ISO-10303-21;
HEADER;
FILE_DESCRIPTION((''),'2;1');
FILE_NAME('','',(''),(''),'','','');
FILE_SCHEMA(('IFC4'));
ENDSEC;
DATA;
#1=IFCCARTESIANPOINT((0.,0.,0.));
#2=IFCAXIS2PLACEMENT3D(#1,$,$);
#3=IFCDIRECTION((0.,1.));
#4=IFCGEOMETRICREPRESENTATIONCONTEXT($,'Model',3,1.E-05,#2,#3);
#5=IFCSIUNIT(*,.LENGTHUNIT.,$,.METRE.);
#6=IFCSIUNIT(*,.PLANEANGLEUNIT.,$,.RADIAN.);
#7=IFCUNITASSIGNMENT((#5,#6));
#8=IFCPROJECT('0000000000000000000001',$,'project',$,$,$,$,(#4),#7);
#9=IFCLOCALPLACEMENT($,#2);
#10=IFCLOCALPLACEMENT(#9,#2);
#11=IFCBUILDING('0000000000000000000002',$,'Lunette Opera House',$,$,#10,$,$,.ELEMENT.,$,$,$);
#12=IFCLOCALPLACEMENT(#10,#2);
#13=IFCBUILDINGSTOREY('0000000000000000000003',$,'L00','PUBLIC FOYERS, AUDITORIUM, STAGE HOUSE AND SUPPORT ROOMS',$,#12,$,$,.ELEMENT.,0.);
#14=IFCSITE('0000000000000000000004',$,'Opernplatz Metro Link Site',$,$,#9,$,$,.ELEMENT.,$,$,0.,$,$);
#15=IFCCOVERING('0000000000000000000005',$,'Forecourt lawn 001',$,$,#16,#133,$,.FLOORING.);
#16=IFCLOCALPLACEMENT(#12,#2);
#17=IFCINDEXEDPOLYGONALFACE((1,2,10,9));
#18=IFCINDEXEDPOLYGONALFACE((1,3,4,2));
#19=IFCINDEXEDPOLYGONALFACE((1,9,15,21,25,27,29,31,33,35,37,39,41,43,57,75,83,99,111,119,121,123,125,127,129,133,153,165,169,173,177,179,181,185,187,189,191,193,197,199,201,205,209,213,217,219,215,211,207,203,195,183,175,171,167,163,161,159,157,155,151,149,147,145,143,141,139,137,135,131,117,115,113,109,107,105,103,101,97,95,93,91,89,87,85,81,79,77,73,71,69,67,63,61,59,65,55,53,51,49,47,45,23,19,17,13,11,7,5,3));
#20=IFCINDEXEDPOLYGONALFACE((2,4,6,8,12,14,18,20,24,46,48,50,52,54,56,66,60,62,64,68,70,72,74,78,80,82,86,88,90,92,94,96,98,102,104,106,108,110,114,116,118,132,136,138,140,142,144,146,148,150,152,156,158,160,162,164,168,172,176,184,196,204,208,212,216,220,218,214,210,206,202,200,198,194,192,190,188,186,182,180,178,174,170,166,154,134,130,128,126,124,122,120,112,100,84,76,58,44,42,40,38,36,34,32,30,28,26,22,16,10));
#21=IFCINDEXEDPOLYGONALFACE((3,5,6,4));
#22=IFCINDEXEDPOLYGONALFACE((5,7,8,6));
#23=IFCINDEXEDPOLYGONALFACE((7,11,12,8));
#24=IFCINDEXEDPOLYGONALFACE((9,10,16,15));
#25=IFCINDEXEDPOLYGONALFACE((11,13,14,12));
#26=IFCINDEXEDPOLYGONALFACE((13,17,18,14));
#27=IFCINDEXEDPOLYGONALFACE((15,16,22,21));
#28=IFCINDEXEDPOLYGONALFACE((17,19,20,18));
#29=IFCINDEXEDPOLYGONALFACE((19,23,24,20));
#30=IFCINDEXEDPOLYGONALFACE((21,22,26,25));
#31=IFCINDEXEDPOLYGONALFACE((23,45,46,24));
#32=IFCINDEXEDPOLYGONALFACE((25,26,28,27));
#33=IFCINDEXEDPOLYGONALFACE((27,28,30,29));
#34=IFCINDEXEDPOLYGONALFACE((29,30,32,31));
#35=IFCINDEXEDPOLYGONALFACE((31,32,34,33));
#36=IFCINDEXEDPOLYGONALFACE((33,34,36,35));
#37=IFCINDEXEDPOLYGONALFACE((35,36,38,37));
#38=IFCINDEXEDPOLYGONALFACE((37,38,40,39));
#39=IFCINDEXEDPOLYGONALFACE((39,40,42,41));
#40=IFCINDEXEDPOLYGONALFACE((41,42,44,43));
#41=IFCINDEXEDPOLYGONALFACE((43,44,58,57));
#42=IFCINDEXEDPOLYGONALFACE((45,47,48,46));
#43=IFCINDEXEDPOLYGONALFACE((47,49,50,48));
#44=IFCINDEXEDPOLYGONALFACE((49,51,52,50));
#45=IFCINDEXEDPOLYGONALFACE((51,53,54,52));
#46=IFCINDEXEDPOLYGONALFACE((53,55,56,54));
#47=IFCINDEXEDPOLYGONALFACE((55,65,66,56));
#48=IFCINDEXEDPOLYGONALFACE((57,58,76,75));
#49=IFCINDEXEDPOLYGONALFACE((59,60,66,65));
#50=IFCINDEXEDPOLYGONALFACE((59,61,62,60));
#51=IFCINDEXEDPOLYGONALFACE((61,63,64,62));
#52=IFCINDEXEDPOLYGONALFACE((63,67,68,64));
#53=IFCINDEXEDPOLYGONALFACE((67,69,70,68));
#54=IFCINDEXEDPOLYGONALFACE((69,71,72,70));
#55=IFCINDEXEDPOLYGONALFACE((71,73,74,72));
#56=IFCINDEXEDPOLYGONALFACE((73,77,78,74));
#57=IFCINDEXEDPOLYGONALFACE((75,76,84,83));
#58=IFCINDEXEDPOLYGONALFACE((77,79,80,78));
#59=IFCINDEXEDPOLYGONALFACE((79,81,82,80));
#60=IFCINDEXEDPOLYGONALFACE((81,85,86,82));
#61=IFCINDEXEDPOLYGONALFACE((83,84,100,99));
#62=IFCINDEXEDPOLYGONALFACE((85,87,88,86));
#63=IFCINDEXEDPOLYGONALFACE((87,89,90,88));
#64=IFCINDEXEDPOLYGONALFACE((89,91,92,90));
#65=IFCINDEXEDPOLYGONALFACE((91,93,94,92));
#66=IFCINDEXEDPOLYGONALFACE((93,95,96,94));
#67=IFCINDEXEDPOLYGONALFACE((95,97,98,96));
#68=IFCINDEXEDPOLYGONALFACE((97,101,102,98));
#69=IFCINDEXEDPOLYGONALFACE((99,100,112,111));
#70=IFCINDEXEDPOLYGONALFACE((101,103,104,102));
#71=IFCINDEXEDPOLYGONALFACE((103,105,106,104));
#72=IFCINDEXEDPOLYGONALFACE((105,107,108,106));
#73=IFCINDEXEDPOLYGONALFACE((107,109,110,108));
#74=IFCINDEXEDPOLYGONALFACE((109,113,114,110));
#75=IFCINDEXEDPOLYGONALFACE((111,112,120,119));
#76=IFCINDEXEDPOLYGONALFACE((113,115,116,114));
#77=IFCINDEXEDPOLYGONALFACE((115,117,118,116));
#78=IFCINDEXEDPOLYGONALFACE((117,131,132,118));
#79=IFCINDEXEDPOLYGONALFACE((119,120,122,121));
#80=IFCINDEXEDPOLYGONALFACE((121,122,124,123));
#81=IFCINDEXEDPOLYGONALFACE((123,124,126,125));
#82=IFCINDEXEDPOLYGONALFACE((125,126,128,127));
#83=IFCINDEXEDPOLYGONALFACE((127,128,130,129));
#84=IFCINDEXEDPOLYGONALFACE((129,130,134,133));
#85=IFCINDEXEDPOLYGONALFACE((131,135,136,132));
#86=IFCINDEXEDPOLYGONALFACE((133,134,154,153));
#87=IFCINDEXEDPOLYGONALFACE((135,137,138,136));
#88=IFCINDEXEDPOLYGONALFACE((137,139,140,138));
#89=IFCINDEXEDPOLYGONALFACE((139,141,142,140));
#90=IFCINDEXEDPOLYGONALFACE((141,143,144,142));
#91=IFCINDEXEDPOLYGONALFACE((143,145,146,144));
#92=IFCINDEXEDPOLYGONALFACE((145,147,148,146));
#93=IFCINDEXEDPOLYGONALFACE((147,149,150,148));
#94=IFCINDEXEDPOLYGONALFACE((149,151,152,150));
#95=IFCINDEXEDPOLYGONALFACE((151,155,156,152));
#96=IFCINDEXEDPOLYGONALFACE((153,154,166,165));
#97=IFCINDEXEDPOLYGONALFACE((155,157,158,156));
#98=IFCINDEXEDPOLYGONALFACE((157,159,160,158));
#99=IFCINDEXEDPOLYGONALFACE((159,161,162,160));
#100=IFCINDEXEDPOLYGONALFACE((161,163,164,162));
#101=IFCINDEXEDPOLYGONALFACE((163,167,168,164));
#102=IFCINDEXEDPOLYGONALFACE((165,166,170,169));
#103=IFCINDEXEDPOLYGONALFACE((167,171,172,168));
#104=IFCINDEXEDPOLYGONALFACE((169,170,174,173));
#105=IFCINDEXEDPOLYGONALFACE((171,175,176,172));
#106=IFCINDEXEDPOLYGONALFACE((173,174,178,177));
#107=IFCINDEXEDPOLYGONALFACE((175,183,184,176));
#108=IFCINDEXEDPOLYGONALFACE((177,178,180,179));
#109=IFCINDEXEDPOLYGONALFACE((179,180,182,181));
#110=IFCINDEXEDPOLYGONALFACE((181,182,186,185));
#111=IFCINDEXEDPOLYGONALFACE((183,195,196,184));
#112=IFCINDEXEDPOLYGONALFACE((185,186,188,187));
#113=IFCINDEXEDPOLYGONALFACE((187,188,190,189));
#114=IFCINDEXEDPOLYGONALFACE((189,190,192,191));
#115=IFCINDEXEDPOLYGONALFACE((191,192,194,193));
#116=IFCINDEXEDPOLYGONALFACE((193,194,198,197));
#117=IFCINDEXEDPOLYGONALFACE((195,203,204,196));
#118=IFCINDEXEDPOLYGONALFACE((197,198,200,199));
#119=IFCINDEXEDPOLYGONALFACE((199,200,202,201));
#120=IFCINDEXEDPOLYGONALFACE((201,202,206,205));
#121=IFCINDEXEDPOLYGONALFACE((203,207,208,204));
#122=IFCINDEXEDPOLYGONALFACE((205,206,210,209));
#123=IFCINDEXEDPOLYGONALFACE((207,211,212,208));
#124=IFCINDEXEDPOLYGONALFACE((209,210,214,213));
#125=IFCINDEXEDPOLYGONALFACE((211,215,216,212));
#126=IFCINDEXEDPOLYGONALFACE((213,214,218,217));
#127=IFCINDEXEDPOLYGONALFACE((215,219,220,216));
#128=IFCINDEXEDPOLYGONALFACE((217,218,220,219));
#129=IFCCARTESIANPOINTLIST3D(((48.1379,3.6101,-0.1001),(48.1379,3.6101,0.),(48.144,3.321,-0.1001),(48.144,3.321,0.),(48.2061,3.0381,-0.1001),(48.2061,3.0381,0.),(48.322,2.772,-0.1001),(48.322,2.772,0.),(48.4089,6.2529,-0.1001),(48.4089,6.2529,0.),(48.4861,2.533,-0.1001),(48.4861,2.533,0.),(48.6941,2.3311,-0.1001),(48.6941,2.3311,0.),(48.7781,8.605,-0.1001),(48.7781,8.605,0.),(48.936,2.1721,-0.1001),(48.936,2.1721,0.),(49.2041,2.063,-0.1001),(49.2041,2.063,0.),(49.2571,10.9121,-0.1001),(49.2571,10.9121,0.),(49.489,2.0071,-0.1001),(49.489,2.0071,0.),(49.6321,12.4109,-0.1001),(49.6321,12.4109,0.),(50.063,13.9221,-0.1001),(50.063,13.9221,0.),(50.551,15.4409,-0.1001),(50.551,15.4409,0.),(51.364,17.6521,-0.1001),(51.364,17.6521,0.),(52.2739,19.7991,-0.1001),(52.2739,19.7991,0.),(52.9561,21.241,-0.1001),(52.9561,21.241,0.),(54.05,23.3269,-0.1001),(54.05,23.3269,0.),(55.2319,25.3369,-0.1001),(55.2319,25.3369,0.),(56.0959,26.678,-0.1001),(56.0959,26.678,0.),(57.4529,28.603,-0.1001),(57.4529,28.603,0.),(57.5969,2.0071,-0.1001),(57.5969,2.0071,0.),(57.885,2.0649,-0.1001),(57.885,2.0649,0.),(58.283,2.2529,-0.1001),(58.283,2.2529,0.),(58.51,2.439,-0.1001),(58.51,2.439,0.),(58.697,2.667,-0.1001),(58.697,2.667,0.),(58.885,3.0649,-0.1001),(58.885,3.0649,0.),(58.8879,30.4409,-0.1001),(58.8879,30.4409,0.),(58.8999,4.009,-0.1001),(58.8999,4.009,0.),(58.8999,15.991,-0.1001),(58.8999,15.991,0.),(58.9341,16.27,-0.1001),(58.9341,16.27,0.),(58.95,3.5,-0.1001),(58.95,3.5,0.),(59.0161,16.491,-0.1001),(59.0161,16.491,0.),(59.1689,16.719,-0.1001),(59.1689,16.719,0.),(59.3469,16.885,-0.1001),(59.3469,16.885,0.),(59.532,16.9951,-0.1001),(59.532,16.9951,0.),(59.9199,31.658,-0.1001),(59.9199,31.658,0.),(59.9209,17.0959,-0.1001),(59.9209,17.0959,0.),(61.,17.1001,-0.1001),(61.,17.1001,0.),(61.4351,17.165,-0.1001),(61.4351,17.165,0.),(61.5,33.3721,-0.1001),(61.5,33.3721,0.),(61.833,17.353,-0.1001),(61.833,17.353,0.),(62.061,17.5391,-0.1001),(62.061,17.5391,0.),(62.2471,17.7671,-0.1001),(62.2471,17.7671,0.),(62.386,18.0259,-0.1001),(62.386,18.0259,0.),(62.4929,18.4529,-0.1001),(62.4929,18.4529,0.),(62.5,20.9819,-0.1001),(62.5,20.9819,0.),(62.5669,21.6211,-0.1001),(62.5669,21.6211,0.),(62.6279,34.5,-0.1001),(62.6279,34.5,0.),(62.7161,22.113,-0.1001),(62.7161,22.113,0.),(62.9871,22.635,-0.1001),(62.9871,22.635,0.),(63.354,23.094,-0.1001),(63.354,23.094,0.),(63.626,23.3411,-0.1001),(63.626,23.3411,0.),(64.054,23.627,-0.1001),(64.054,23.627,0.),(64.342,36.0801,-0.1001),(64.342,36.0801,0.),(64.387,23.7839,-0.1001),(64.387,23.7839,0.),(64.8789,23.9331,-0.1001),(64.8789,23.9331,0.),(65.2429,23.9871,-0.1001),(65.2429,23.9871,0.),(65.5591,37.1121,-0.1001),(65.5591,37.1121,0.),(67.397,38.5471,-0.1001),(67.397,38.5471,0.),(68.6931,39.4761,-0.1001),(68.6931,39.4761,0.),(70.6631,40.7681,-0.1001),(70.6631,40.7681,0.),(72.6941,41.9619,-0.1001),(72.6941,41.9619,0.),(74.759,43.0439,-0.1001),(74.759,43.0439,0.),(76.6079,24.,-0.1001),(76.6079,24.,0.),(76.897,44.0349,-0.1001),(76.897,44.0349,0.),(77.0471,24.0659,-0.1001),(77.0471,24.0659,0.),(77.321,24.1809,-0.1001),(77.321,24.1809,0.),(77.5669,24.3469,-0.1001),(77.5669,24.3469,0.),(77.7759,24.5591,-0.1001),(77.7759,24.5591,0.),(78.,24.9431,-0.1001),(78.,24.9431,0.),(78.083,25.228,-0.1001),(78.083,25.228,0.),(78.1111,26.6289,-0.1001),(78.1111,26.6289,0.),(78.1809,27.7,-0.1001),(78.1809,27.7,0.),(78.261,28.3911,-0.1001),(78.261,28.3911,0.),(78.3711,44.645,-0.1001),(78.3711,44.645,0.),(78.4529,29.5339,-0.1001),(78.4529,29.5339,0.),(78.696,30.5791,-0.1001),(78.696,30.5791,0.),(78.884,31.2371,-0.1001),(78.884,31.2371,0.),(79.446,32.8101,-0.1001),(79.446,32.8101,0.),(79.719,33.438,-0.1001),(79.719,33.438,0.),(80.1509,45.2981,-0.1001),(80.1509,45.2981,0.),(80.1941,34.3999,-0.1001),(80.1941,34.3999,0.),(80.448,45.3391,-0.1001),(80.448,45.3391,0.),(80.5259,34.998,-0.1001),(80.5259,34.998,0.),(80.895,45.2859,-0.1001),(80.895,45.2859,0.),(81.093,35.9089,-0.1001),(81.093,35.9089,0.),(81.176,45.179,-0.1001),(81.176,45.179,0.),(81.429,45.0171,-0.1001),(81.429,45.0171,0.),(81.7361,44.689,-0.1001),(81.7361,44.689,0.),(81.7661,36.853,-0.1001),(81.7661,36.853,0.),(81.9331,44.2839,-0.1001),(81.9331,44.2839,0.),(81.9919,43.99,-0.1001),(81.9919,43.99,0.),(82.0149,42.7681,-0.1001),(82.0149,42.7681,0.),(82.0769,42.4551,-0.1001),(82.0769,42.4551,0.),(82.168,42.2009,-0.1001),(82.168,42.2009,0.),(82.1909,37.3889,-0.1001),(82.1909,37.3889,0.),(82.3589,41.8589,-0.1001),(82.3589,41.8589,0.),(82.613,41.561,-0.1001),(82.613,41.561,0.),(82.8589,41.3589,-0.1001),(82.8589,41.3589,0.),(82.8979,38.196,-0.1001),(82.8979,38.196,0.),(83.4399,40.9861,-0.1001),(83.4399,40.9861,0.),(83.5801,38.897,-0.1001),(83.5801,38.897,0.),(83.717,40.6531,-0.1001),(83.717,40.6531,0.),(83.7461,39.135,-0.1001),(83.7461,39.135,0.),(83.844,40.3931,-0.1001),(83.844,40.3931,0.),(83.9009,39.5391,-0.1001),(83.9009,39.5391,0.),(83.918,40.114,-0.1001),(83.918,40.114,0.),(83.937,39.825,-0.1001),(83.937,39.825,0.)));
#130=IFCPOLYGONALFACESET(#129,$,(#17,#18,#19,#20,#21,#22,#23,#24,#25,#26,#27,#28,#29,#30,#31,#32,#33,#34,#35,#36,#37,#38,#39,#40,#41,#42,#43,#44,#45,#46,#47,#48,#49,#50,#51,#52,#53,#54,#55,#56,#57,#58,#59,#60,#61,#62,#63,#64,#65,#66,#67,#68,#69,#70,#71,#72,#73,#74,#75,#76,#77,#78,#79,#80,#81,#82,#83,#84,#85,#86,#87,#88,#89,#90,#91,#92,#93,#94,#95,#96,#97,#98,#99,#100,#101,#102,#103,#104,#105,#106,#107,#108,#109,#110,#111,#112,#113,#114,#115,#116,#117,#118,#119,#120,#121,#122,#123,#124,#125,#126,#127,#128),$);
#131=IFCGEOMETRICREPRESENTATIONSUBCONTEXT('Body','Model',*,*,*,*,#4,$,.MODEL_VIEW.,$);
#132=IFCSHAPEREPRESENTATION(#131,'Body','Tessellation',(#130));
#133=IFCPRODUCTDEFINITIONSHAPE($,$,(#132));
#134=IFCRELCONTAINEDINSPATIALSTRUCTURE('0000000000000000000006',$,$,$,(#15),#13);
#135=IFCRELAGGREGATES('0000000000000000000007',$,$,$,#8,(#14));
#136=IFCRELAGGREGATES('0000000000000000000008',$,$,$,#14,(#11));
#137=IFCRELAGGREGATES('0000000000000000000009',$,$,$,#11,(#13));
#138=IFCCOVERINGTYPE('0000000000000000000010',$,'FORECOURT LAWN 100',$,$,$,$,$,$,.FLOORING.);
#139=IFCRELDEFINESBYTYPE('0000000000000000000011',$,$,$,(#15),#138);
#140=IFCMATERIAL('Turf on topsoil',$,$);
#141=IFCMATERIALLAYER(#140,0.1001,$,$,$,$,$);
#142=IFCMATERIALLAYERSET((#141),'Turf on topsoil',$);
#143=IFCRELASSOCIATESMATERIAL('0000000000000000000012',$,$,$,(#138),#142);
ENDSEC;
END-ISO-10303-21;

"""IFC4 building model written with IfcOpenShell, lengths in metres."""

from ifc_helpers import new_model, si_unit, direction, frame, origin, place, context, subcontext, project, spatial, polyline, outline, extrude, material, layer, layer_set, type_object, element, save


model = new_model("IFC4")

# Units and contexts
model_context = context("Model", 3, precision=1e-05, world=origin(), true_north=direction((0.0, 1.0)))
body_context = subcontext(model_context, "Body", "Model", "MODEL_VIEW")
ifc_project = project(units=[si_unit("LENGTHUNIT", "METRE"), si_unit("PLANEANGLEUNIT", "RADIAN")], contexts=[model_context])

# Site, building, storey
site_placement = place(None, origin())
site = spatial("IfcSite", under=ifc_project, at=site_placement, Name="Opernplatz Metro Link Site", CompositionType="ELEMENT", RefElevation=0.0)
building_placement = place(site_placement, origin())
building = spatial("IfcBuilding", under=site, at=building_placement, Name="Lunette Opera House", CompositionType="ELEMENT")
storey_placement = place(building_placement, origin())
storey = spatial("IfcBuildingStorey", under=building, at=storey_placement, Name="L00", Description="PUBLIC FOYERS, AUDITORIUM, STAGE HOUSE AND SUPPORT ROOMS", CompositionType="ELEMENT", Elevation=0.0)

# Covering
ifc_material_1 = material(Name="Turf on topsoil")
ifc_layer_1 = layer(ifc_material_1, 0.1001)
ifc_layer_set_1 = layer_set([ifc_layer_1], Name="Turf on topsoil")
covering_type_1 = type_object("IfcCoveringType", Name="FORECOURT LAWN 100", PredefinedType="FLOORING", material=ifc_layer_set_1)
covering_1_placement = place(storey_placement, frame((0.0, 0.0, -0.1001)))
element("IfcCovering", 1, at=covering_1_placement, inside=storey, type_object=covering_type_1, Name="Forecourt lawn 001", PredefinedType="FLOORING", context=body_context, shape_type="SweptSolid", body=[
    extrude(outline(polyline([(49.489, 2.0071), (49.2041, 2.063), (48.936, 2.1721), (48.6941, 2.3311), (48.4861, 2.533), (48.322, 2.772), (48.2061, 3.0381), (48.144, 3.321), (48.1379, 3.6101), (48.4089, 6.2529), (48.7781, 8.605), (49.2571, 10.9121), (49.6321, 12.4109), (50.063, 13.9221), (50.551, 15.4409), (51.364, 17.6521), (52.2739, 19.7991), (52.9561, 21.241), (54.05, 23.3269), (55.2319, 25.3369), (56.0959, 26.678), (57.4529, 28.603), (58.8879, 30.4409), (59.9199, 31.658), (61.5, 33.3721), (62.6279, 34.5), (64.342, 36.0801), (65.5591, 37.1121), (67.397, 38.5471), (68.6931, 39.4761), (70.6631, 40.7681), (72.6941, 41.9619), (74.759, 43.0439), (76.897, 44.0349), (78.3711, 44.645), (80.1509, 45.2981), (80.448, 45.3391), (80.895, 45.2859), (81.176, 45.179), (81.429, 45.0171), (81.7361, 44.689), (81.9331, 44.2839), (81.9919, 43.99), (82.0149, 42.7681), (82.0769, 42.4551), (82.168, 42.2009), (82.3589, 41.8589), (82.613, 41.561), (82.8589, 41.3589), (83.4399, 40.9861), (83.717, 40.6531), (83.844, 40.3931), (83.918, 40.114), (83.937, 39.825), (83.9009, 39.5391), (83.7461, 39.135), (83.5801, 38.897), (82.8979, 38.196), (82.1909, 37.3889), (81.7661, 36.853), (81.093, 35.9089), (80.5259, 34.998), (80.1941, 34.3999), (79.719, 33.438), (79.446, 32.8101), (78.884, 31.2371), (78.696, 30.5791), (78.4529, 29.5339), (78.261, 28.3911), (78.1809, 27.7), (78.1111, 26.6289), (78.083, 25.228), (78.0, 24.9431), (77.7759, 24.5591), (77.5669, 24.3469), (77.321, 24.1809), (77.0471, 24.0659), (76.6079, 24.0), (65.2429, 23.9871), (64.8789, 23.9331), (64.387, 23.7839), (64.054, 23.627), (63.626, 23.3411), (63.354, 23.094), (62.9871, 22.635), (62.7161, 22.113), (62.5669, 21.6211), (62.5, 20.9819), (62.4929, 18.4529), (62.386, 18.0259), (62.2471, 17.7671), (62.061, 17.5391), (61.833, 17.353), (61.4351, 17.165), (61.0, 17.1001), (59.9209, 17.0959), (59.532, 16.9951), (59.3469, 16.885), (59.1689, 16.719), (59.0161, 16.491), (58.9341, 16.27), (58.8999, 15.991), (58.8999, 4.009), (58.95, 3.5), (58.885, 3.0649), (58.697, 2.667), (58.51, 2.439), (58.283, 2.2529), (57.885, 2.0649), (57.5969, 2.0071), (49.489, 2.0071)])), origin(), (0.0, 0.0, 1.0), 0.1001),
])

save(model, "model.ifc")
